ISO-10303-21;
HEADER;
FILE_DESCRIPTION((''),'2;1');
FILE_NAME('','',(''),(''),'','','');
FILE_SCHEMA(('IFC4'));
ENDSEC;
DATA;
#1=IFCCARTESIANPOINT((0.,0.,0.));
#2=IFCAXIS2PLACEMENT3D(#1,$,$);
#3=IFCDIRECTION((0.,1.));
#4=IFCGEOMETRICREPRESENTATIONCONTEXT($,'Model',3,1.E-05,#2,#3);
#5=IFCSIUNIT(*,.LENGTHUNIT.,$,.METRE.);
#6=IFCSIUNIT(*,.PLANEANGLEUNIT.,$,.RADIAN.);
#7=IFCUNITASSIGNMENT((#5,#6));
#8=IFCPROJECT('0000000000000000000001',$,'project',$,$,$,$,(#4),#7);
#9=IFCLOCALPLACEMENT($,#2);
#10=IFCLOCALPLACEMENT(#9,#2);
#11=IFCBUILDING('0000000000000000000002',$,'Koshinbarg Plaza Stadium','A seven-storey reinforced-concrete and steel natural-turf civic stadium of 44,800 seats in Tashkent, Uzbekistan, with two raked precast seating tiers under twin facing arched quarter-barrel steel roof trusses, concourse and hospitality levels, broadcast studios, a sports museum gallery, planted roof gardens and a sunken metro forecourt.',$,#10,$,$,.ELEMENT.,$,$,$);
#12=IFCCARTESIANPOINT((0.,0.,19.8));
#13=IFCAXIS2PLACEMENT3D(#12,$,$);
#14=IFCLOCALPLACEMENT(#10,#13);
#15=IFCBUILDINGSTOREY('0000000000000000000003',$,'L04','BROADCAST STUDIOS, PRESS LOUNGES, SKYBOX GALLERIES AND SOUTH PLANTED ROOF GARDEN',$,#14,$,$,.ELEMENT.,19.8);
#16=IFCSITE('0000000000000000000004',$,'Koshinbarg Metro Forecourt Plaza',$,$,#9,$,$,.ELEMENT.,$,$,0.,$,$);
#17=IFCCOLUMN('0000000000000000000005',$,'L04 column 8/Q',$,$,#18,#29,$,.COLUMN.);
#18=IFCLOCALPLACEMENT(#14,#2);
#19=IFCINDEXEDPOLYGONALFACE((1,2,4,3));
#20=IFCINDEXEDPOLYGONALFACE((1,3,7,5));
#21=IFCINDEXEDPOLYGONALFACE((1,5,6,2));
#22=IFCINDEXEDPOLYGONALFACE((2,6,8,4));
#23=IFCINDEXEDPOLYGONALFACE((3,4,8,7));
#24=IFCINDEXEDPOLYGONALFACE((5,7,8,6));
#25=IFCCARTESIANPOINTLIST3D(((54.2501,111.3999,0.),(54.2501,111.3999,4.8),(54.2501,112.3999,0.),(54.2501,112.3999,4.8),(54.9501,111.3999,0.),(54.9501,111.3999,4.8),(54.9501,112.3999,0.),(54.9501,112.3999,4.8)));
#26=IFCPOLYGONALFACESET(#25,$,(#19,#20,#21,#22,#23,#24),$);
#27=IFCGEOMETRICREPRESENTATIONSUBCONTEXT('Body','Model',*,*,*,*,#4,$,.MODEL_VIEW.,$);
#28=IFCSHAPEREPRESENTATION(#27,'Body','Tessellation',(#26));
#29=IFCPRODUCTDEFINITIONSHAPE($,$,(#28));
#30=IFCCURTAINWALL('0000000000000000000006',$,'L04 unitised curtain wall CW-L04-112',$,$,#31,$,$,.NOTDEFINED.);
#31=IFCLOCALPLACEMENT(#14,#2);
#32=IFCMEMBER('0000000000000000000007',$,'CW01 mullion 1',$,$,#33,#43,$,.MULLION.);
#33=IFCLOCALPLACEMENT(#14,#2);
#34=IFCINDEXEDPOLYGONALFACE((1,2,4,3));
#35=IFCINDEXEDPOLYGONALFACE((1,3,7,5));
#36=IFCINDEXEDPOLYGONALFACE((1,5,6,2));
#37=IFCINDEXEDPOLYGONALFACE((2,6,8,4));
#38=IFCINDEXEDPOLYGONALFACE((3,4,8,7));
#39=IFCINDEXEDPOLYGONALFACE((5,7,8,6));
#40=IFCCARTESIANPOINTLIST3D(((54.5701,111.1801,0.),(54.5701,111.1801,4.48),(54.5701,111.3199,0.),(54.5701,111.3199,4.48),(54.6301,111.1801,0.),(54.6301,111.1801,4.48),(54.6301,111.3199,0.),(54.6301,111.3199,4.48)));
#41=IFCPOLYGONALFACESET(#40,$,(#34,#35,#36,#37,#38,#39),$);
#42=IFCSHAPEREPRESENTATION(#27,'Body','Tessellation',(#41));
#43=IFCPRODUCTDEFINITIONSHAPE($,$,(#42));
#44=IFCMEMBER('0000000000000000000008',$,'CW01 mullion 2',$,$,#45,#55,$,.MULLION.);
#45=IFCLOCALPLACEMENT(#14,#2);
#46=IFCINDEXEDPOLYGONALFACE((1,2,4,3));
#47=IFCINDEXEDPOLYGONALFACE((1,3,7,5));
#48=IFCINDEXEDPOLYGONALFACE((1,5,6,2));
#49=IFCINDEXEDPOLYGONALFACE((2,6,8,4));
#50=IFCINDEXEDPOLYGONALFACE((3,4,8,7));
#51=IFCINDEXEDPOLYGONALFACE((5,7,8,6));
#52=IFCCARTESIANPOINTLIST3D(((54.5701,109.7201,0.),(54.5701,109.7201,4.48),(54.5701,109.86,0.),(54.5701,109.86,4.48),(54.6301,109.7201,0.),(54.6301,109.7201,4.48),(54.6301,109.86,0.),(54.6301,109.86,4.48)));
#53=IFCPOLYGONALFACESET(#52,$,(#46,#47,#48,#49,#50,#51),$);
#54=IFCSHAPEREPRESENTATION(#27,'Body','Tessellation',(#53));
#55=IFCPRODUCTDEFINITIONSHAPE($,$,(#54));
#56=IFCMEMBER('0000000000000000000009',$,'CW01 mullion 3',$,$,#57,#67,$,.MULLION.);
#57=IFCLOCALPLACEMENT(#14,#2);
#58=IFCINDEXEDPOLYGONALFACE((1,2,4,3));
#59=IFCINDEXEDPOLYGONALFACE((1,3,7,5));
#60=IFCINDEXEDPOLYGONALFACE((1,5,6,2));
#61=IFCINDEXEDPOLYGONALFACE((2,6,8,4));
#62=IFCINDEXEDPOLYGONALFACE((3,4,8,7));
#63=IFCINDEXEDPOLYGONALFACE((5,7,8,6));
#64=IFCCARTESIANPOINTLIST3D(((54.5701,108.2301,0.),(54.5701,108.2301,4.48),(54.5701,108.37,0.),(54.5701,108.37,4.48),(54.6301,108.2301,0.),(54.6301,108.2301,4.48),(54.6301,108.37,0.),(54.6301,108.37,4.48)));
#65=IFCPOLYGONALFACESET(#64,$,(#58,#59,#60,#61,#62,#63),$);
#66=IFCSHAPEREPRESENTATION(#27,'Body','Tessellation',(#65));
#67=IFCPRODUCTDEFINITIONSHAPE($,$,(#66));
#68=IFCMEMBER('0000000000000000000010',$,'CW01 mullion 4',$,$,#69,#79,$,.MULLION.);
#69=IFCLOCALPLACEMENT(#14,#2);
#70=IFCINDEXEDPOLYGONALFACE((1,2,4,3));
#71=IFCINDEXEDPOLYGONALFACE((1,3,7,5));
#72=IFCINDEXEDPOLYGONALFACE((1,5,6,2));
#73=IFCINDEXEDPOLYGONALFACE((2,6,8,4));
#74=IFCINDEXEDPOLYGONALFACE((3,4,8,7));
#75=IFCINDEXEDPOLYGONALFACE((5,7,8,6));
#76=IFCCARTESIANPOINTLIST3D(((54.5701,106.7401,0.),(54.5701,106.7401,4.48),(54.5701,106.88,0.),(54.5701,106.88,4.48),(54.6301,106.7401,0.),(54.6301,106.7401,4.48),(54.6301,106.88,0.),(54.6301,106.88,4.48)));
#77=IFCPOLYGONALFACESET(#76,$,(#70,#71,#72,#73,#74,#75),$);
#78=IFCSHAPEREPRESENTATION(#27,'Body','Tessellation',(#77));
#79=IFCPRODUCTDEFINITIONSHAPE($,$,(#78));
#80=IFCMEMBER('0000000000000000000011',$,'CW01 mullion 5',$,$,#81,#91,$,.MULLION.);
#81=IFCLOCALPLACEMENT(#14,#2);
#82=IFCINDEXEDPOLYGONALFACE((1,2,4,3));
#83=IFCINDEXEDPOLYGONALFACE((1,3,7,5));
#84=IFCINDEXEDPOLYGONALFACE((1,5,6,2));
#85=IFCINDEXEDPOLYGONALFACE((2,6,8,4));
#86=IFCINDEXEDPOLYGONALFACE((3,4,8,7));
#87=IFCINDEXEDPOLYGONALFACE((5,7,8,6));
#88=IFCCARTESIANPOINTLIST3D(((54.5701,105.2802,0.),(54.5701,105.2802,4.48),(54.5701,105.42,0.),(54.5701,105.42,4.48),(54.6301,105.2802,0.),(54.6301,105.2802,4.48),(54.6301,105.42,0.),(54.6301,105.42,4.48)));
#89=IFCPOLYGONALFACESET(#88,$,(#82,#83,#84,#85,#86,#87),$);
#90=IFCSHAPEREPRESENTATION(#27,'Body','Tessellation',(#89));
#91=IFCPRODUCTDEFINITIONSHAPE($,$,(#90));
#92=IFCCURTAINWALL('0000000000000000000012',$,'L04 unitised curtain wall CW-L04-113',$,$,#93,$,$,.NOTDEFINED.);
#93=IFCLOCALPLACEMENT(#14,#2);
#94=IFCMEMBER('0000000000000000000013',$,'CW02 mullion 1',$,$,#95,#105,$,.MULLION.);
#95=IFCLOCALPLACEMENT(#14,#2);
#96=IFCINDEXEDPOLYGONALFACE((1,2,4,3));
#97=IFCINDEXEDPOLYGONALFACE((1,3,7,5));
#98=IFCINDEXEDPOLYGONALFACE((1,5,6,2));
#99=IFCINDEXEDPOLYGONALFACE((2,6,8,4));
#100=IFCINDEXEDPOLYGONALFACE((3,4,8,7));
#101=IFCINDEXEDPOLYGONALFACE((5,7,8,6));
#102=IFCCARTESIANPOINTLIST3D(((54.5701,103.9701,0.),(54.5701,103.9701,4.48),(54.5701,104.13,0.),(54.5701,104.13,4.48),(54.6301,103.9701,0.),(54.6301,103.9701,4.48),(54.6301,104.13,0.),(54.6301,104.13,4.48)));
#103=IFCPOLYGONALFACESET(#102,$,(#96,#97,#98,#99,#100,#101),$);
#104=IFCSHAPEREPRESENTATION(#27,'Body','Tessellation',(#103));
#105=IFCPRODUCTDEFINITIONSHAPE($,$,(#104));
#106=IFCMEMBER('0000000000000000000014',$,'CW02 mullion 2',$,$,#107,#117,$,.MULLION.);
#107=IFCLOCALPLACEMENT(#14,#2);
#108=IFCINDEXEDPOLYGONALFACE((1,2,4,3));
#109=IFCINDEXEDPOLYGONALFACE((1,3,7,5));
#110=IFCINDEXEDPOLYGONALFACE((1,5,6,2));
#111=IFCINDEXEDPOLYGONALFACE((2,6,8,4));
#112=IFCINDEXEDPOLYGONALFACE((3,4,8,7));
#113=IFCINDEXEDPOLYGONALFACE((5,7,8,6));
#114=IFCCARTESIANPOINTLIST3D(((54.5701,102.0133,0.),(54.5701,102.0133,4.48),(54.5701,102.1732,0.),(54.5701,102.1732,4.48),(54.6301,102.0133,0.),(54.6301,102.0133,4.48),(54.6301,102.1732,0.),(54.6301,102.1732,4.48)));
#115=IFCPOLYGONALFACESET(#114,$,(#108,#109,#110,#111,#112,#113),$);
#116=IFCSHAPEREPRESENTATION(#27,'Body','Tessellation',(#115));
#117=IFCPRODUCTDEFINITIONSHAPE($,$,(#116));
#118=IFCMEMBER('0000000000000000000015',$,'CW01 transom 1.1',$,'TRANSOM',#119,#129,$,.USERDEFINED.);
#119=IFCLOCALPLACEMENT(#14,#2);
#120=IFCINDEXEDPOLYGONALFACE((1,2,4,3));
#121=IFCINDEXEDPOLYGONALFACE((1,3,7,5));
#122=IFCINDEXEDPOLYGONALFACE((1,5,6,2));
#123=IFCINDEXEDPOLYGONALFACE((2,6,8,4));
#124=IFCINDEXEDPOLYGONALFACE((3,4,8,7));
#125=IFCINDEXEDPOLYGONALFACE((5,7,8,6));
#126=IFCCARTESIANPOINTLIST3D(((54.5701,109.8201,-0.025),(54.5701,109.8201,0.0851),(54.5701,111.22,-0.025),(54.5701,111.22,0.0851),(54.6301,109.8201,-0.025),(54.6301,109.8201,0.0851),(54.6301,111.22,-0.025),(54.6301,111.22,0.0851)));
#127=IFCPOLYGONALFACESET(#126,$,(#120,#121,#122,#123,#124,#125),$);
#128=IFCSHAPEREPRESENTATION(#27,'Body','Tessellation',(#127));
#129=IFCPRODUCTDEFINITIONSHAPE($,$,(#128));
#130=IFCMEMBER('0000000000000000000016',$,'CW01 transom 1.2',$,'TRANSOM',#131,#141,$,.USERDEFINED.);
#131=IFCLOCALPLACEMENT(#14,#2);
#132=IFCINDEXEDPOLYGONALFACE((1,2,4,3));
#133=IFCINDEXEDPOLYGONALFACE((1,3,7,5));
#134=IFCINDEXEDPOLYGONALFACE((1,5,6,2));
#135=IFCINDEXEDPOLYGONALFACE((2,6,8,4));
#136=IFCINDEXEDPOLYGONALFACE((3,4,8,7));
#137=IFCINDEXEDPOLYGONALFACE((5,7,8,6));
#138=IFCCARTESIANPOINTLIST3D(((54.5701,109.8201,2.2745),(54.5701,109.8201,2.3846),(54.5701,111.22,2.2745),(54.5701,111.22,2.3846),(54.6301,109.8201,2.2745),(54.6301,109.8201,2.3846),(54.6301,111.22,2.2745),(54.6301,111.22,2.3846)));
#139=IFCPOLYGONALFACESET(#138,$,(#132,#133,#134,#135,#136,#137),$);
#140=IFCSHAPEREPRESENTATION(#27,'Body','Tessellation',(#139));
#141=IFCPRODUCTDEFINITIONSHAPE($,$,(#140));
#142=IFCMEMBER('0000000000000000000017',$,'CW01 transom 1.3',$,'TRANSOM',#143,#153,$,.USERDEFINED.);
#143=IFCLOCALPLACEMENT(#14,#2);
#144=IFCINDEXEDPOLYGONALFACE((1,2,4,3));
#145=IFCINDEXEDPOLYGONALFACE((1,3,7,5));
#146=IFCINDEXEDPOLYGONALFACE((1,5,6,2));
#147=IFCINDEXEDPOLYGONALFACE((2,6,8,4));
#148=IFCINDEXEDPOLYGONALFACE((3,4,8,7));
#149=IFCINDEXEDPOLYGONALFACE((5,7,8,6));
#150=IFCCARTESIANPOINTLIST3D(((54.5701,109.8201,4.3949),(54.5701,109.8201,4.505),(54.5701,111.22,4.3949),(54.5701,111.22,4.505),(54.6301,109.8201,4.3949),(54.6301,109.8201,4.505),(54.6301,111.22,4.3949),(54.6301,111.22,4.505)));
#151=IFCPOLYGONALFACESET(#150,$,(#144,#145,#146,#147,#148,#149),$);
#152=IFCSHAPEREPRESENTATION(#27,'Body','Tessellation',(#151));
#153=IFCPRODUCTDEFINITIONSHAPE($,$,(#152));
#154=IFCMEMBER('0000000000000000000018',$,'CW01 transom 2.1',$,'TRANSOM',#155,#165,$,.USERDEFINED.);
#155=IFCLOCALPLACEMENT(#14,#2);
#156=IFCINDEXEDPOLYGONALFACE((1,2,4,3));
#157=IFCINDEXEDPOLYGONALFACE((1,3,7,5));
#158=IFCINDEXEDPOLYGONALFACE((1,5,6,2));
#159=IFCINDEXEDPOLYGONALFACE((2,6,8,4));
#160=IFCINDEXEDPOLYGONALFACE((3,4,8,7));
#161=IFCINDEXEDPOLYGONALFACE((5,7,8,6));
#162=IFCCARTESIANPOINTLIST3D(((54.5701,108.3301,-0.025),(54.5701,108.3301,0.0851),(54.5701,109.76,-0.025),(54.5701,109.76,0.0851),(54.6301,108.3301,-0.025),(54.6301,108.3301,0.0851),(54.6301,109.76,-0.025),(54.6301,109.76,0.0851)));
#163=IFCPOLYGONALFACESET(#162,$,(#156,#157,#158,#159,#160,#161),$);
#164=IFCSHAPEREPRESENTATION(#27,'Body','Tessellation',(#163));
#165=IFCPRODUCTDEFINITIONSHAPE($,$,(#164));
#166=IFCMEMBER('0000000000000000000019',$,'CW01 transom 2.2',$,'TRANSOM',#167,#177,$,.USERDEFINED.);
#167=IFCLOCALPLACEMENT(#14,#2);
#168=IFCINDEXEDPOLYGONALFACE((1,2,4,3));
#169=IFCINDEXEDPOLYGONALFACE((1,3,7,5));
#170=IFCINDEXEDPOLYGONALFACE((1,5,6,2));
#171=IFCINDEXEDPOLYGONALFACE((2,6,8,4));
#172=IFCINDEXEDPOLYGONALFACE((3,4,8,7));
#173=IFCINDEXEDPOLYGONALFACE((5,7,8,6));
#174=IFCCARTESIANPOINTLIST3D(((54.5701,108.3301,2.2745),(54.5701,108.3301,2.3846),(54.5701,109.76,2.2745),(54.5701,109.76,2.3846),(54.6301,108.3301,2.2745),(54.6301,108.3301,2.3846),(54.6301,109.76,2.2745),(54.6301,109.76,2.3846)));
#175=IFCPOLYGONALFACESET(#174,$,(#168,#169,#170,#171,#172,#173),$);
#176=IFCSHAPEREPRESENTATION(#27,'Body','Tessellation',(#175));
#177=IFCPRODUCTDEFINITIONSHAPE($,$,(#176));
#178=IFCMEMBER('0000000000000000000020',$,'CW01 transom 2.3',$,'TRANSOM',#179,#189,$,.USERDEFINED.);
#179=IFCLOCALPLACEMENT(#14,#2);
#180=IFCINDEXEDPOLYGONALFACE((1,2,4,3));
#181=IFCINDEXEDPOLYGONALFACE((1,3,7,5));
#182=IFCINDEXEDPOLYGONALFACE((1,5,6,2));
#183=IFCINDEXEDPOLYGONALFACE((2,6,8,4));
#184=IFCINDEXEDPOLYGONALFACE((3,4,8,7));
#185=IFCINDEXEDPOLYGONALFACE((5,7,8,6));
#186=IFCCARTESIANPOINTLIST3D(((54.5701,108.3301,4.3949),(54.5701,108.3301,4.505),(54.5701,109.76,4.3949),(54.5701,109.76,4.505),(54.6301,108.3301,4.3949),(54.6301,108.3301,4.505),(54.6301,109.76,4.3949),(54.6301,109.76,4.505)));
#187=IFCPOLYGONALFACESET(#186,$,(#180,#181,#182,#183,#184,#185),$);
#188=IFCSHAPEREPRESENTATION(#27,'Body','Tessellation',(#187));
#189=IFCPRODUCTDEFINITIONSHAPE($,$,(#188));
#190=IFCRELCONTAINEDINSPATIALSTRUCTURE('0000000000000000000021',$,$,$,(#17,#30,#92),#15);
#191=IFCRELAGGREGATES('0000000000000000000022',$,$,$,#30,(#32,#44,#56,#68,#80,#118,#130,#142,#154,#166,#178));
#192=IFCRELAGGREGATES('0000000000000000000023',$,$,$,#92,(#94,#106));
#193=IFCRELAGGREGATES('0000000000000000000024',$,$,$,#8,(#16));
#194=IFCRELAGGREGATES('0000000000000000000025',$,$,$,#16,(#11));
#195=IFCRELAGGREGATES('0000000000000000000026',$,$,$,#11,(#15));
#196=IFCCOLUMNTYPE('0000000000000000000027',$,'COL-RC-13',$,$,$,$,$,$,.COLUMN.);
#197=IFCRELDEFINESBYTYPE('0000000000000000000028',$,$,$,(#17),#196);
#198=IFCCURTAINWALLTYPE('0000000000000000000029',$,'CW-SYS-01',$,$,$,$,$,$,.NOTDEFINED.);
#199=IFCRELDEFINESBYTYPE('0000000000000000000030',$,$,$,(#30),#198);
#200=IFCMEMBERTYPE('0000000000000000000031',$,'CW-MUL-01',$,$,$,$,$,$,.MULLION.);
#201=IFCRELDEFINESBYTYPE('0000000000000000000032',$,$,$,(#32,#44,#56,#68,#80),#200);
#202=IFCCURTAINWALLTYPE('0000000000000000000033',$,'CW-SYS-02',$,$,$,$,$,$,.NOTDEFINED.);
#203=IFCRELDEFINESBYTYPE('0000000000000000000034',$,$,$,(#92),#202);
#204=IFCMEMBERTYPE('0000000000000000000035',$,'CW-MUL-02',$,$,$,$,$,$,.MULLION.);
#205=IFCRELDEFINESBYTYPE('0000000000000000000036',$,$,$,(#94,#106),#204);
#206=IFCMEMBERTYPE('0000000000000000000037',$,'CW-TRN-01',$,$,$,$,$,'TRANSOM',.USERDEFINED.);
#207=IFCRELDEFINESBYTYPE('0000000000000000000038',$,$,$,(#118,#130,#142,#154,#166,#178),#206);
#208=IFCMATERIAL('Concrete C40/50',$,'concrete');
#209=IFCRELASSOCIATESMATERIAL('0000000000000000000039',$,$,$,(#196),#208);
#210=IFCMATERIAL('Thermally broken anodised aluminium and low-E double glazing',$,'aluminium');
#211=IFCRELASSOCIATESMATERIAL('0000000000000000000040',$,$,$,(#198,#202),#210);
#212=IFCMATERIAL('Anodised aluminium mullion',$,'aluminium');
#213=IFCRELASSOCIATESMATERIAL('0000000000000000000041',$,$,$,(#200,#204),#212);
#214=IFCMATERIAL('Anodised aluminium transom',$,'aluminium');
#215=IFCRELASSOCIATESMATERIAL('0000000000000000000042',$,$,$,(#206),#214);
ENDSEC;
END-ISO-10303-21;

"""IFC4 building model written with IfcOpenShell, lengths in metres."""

from ifc_helpers import new_model, si_unit, direction, frame, origin, origin_2d, place, context, subcontext, project, spatial, rectangle, extrude, material, material_profile, profile_set, type_object, element, aggregate, save


model = new_model("IFC4")

# Units and contexts
model_context = context("Model", 3, precision=1e-05, world=origin(), true_north=direction((0.0, 1.0)))
body_context = subcontext(model_context, "Body", "Model", "MODEL_VIEW")
ifc_project = project(units=[si_unit("LENGTHUNIT", "METRE"), si_unit("PLANEANGLEUNIT", "RADIAN")], contexts=[model_context])

# Site, building, storey
site_placement = place(None, origin())
site = spatial("IfcSite", under=ifc_project, at=site_placement, Name="Koshinbarg Metro Forecourt Plaza", CompositionType="ELEMENT", RefElevation=0.0)
building_placement = place(site_placement, origin())
building = spatial("IfcBuilding", under=site, at=building_placement, Name="Koshinbarg Plaza Stadium", Description="A seven-storey reinforced-concrete and steel natural-turf civic stadium of 44,800 seats in Tashkent, Uzbekistan, with two raked precast seating tiers under twin facing arched quarter-barrel steel roof trusses, concourse and hospitality levels, broadcast studios, a sports museum gallery, planted roof gardens and a sunken metro forecourt.", CompositionType="ELEMENT")
storey_placement = place(building_placement, frame((0.0, 0.0, 19.8)))
storey = spatial("IfcBuildingStorey", under=building, at=storey_placement, Name="L04", Description="BROADCAST STUDIOS, PRESS LOUNGES, SKYBOX GALLERIES AND SOUTH PLANTED ROOF GARDEN", CompositionType="ELEMENT", Elevation=19.8)

# Column
ifc_material_1 = material(Name="Concrete C40/50", Category="concrete")
ifc_material_profile_1 = material_profile(ifc_material_1, rectangle(XDim=0.7, YDim=1.0, at=origin_2d()), Name="RC 700x1000")
ifc_profile_set_1 = profile_set([ifc_material_profile_1], Name="Concrete C40/50")
column_type = type_object("IfcColumnType", Name="COL-RC-13", PredefinedType="COLUMN", material=ifc_profile_set_1)
column_placement = place(storey_placement, frame((54.6001, 111.8999, 0.0), z_axis=(0.0, 0.0, 1.0), x_axis=(1.0, 0.0, 0.0)))
element("IfcColumn", 1, at=column_placement, inside=storey, type_object=column_type, Name="L04 column 8/Q", PredefinedType="COLUMN", context=body_context, shape_type="SweptSolid", body=[
    extrude(rectangle(XDim=0.7, YDim=1.0, at=origin_2d()), origin(), (0.0, 0.0, 1.0), 4.8),
])

# Curtain walls, members
ifc_material_2 = material(Name="Thermally broken anodised aluminium and low-E double glazing", Category="aluminium")
curtain_wall_type_1 = type_object("IfcCurtainWallType", Name="CW-SYS-01", PredefinedType="NOTDEFINED", material=ifc_material_2)
curtain_wall_1_placement = place(storey_placement, origin())
curtain_wall_1 = element("IfcCurtainWall", 2, at=curtain_wall_1_placement, inside=storey, type_object=curtain_wall_type_1, Name="L04 unitised curtain wall CW-L04-112", PredefinedType="NOTDEFINED")
ifc_material_3 = material(Name="Anodised aluminium mullion", Category="aluminium")
ifc_material_profile_2 = material_profile(ifc_material_3, rectangle(XDim=0.0601, YDim=0.1399, at=origin_2d()), Name="ALU 60x140")
ifc_profile_set_2 = profile_set([ifc_material_profile_2], Name="Anodised aluminium mullion")
member_type_1 = type_object("IfcMemberType", Name="CW-MUL-01", PredefinedType="MULLION", material=ifc_profile_set_2)
member_1_placement = place(storey_placement, frame((54.6001, 111.25, 0.0), z_axis=(0.0, 0.0, 1.0), x_axis=(1.0, 0.0, 0.0)))
member_1 = element("IfcMember", 3, at=member_1_placement, type_object=member_type_1, Name="CW01 mullion 1", PredefinedType="MULLION", context=body_context, shape_type="SweptSolid", body=[
    extrude(rectangle(XDim=0.0601, YDim=0.1399, at=origin_2d()), origin(), (0.0, 0.0, 1.0), 4.48),
])
member_2_placement = place(storey_placement, frame((54.6001, 109.79, 0.0), z_axis=(0.0, 0.0, 1.0), x_axis=(1.0, 0.0, 0.0)))
member_2 = element("IfcMember", 4, at=member_2_placement, type_object=member_type_1, Name="CW01 mullion 2", PredefinedType="MULLION", context=body_context, shape_type="SweptSolid", body=[
    extrude(rectangle(XDim=0.0601, YDim=0.1399, at=origin_2d()), origin(), (0.0, 0.0, 1.0), 4.48),
])
member_3_placement = place(storey_placement, frame((54.6001, 108.3, 0.0), z_axis=(0.0, 0.0, 1.0), x_axis=(1.0, 0.0, 0.0)))
member_3 = element("IfcMember", 5, at=member_3_placement, type_object=member_type_1, Name="CW01 mullion 3", PredefinedType="MULLION", context=body_context, shape_type="SweptSolid", body=[
    extrude(rectangle(XDim=0.0601, YDim=0.1399, at=origin_2d()), origin(), (0.0, 0.0, 1.0), 4.48),
])
member_4_placement = place(storey_placement, frame((54.6001, 106.8101, 0.0), z_axis=(0.0, 0.0, 1.0), x_axis=(1.0, 0.0, 0.0)))
member_4 = element("IfcMember", 6, at=member_4_placement, type_object=member_type_1, Name="CW01 mullion 4", PredefinedType="MULLION", context=body_context, shape_type="SweptSolid", body=[
    extrude(rectangle(XDim=0.0601, YDim=0.1399, at=origin_2d()), origin(), (0.0, 0.0, 1.0), 4.48),
])
member_5_placement = place(storey_placement, frame((54.6001, 105.3501, 0.0), z_axis=(0.0, 0.0, 1.0), x_axis=(1.0, 0.0, 0.0)))
member_5 = element("IfcMember", 7, at=member_5_placement, type_object=member_type_1, Name="CW01 mullion 5", PredefinedType="MULLION", context=body_context, shape_type="SweptSolid", body=[
    extrude(rectangle(XDim=0.0601, YDim=0.1399, at=origin_2d()), origin(), (0.0, 0.0, 1.0), 4.48),
])
curtain_wall_type_2 = type_object("IfcCurtainWallType", Name="CW-SYS-02", PredefinedType="NOTDEFINED", material=ifc_material_2)
curtain_wall_2_placement = place(storey_placement, origin())
curtain_wall_2 = element("IfcCurtainWall", 8, at=curtain_wall_2_placement, inside=storey, type_object=curtain_wall_type_2, Name="L04 unitised curtain wall CW-L04-113", PredefinedType="NOTDEFINED")
ifc_material_profile_3 = material_profile(ifc_material_3, rectangle(XDim=0.0601, YDim=0.1599, at=origin_2d()), Name="ALU 60x160")
ifc_profile_set_3 = profile_set([ifc_material_profile_3], Name="Anodised aluminium mullion")
member_type_2 = type_object("IfcMemberType", Name="CW-MUL-02", PredefinedType="MULLION", material=ifc_profile_set_3)
member_6_placement = place(storey_placement, frame((54.6001, 104.05, 0.0), z_axis=(0.0, 0.0, 1.0), x_axis=(1.0, 0.0, 0.0)))
member_6 = element("IfcMember", 9, at=member_6_placement, type_object=member_type_2, Name="CW02 mullion 1", PredefinedType="MULLION", context=body_context, shape_type="SweptSolid", body=[
    extrude(rectangle(XDim=0.0601, YDim=0.1599, at=origin_2d()), origin(), (0.0, 0.0, 1.0), 4.48),
])
member_7_placement = place(storey_placement, frame((54.6001, 102.0933, 0.0), z_axis=(0.0, 0.0, 1.0), x_axis=(1.0, 0.0, 0.0)))
member_7 = element("IfcMember", 10, at=member_7_placement, type_object=member_type_2, Name="CW02 mullion 2", PredefinedType="MULLION", context=body_context, shape_type="SweptSolid", body=[
    extrude(rectangle(XDim=0.0601, YDim=0.1599, at=origin_2d()), origin(), (0.0, 0.0, 1.0), 4.48),
])

# Members
ifc_material_4 = material(Name="Anodised aluminium transom", Category="aluminium")
ifc_material_profile_4 = material_profile(ifc_material_4, rectangle(XDim=0.0601, YDim=0.1101, at=origin_2d()), Name="ALU 60x110")
ifc_profile_set_4 = profile_set([ifc_material_profile_4], Name="Anodised aluminium transom")
member_type_3 = type_object("IfcMemberType", Name="CW-TRN-01", ElementType="TRANSOM", PredefinedType="USERDEFINED", material=ifc_profile_set_4)
member_8_placement = place(storey_placement, frame((54.6001, 111.22, 0.03), z_axis=(0.0, -1.0, 0.0), x_axis=(1.0, 0.0, 0.0)))
member_8 = element("IfcMember", 11, at=member_8_placement, type_object=member_type_3, Name="CW01 transom 1.1", ObjectType="TRANSOM", PredefinedType="USERDEFINED", context=body_context, shape_type="SweptSolid", body=[
    extrude(rectangle(XDim=0.0601, YDim=0.1101, at=origin_2d()), origin(), (0.0, 0.0, 1.0), 1.3999),
])
member_9_placement = place(storey_placement, frame((54.6001, 111.22, 2.3296), z_axis=(0.0, -1.0, 0.0), x_axis=(1.0, 0.0, 0.0)))
member_9 = element("IfcMember", 12, at=member_9_placement, type_object=member_type_3, Name="CW01 transom 1.2", ObjectType="TRANSOM", PredefinedType="USERDEFINED", context=body_context, shape_type="SweptSolid", body=[
    extrude(rectangle(XDim=0.0601, YDim=0.1101, at=origin_2d()), origin(), (0.0, 0.0, 1.0), 1.3999),
])
member_10_placement = place(storey_placement, frame((54.6001, 111.22, 4.45), z_axis=(0.0, -1.0, 0.0), x_axis=(1.0, 0.0, 0.0)))
member_10 = element("IfcMember", 13, at=member_10_placement, type_object=member_type_3, Name="CW01 transom 1.3", ObjectType="TRANSOM", PredefinedType="USERDEFINED", context=body_context, shape_type="SweptSolid", body=[
    extrude(rectangle(XDim=0.0601, YDim=0.1101, at=origin_2d()), origin(), (0.0, 0.0, 1.0), 1.3999),
])
member_11_placement = place(storey_placement, frame((54.6001, 109.76, 0.03), z_axis=(0.0, -1.0, 0.0), x_axis=(1.0, 0.0, 0.0)))
member_11 = element("IfcMember", 14, at=member_11_placement, type_object=member_type_3, Name="CW01 transom 2.1", ObjectType="TRANSOM", PredefinedType="USERDEFINED", context=body_context, shape_type="SweptSolid", body=[
    extrude(rectangle(XDim=0.0601, YDim=0.1101, at=origin_2d()), origin(), (0.0, 0.0, 1.0), 1.4299),
])
member_12_placement = place(storey_placement, frame((54.6001, 109.76, 2.3296), z_axis=(0.0, -1.0, 0.0), x_axis=(1.0, 0.0, 0.0)))
member_12 = element("IfcMember", 15, at=member_12_placement, type_object=member_type_3, Name="CW01 transom 2.2", ObjectType="TRANSOM", PredefinedType="USERDEFINED", context=body_context, shape_type="SweptSolid", body=[
    extrude(rectangle(XDim=0.0601, YDim=0.1101, at=origin_2d()), origin(), (0.0, 0.0, 1.0), 1.4299),
])
member_13_placement = place(storey_placement, frame((54.6001, 109.76, 4.45), z_axis=(0.0, -1.0, 0.0), x_axis=(1.0, 0.0, 0.0)))
member_13 = element("IfcMember", 16, at=member_13_placement, type_object=member_type_3, Name="CW01 transom 2.3", ObjectType="TRANSOM", PredefinedType="USERDEFINED", context=body_context, shape_type="SweptSolid", body=[
    extrude(rectangle(XDim=0.0601, YDim=0.1101, at=origin_2d()), origin(), (0.0, 0.0, 1.0), 1.4299),
])

aggregate(curtain_wall_1, [member_1, member_2, member_3, member_4, member_5, member_8, member_9, member_10, member_11, member_12, member_13])
aggregate(curtain_wall_2, [member_6, member_7])

save(model, "model.ifc")
